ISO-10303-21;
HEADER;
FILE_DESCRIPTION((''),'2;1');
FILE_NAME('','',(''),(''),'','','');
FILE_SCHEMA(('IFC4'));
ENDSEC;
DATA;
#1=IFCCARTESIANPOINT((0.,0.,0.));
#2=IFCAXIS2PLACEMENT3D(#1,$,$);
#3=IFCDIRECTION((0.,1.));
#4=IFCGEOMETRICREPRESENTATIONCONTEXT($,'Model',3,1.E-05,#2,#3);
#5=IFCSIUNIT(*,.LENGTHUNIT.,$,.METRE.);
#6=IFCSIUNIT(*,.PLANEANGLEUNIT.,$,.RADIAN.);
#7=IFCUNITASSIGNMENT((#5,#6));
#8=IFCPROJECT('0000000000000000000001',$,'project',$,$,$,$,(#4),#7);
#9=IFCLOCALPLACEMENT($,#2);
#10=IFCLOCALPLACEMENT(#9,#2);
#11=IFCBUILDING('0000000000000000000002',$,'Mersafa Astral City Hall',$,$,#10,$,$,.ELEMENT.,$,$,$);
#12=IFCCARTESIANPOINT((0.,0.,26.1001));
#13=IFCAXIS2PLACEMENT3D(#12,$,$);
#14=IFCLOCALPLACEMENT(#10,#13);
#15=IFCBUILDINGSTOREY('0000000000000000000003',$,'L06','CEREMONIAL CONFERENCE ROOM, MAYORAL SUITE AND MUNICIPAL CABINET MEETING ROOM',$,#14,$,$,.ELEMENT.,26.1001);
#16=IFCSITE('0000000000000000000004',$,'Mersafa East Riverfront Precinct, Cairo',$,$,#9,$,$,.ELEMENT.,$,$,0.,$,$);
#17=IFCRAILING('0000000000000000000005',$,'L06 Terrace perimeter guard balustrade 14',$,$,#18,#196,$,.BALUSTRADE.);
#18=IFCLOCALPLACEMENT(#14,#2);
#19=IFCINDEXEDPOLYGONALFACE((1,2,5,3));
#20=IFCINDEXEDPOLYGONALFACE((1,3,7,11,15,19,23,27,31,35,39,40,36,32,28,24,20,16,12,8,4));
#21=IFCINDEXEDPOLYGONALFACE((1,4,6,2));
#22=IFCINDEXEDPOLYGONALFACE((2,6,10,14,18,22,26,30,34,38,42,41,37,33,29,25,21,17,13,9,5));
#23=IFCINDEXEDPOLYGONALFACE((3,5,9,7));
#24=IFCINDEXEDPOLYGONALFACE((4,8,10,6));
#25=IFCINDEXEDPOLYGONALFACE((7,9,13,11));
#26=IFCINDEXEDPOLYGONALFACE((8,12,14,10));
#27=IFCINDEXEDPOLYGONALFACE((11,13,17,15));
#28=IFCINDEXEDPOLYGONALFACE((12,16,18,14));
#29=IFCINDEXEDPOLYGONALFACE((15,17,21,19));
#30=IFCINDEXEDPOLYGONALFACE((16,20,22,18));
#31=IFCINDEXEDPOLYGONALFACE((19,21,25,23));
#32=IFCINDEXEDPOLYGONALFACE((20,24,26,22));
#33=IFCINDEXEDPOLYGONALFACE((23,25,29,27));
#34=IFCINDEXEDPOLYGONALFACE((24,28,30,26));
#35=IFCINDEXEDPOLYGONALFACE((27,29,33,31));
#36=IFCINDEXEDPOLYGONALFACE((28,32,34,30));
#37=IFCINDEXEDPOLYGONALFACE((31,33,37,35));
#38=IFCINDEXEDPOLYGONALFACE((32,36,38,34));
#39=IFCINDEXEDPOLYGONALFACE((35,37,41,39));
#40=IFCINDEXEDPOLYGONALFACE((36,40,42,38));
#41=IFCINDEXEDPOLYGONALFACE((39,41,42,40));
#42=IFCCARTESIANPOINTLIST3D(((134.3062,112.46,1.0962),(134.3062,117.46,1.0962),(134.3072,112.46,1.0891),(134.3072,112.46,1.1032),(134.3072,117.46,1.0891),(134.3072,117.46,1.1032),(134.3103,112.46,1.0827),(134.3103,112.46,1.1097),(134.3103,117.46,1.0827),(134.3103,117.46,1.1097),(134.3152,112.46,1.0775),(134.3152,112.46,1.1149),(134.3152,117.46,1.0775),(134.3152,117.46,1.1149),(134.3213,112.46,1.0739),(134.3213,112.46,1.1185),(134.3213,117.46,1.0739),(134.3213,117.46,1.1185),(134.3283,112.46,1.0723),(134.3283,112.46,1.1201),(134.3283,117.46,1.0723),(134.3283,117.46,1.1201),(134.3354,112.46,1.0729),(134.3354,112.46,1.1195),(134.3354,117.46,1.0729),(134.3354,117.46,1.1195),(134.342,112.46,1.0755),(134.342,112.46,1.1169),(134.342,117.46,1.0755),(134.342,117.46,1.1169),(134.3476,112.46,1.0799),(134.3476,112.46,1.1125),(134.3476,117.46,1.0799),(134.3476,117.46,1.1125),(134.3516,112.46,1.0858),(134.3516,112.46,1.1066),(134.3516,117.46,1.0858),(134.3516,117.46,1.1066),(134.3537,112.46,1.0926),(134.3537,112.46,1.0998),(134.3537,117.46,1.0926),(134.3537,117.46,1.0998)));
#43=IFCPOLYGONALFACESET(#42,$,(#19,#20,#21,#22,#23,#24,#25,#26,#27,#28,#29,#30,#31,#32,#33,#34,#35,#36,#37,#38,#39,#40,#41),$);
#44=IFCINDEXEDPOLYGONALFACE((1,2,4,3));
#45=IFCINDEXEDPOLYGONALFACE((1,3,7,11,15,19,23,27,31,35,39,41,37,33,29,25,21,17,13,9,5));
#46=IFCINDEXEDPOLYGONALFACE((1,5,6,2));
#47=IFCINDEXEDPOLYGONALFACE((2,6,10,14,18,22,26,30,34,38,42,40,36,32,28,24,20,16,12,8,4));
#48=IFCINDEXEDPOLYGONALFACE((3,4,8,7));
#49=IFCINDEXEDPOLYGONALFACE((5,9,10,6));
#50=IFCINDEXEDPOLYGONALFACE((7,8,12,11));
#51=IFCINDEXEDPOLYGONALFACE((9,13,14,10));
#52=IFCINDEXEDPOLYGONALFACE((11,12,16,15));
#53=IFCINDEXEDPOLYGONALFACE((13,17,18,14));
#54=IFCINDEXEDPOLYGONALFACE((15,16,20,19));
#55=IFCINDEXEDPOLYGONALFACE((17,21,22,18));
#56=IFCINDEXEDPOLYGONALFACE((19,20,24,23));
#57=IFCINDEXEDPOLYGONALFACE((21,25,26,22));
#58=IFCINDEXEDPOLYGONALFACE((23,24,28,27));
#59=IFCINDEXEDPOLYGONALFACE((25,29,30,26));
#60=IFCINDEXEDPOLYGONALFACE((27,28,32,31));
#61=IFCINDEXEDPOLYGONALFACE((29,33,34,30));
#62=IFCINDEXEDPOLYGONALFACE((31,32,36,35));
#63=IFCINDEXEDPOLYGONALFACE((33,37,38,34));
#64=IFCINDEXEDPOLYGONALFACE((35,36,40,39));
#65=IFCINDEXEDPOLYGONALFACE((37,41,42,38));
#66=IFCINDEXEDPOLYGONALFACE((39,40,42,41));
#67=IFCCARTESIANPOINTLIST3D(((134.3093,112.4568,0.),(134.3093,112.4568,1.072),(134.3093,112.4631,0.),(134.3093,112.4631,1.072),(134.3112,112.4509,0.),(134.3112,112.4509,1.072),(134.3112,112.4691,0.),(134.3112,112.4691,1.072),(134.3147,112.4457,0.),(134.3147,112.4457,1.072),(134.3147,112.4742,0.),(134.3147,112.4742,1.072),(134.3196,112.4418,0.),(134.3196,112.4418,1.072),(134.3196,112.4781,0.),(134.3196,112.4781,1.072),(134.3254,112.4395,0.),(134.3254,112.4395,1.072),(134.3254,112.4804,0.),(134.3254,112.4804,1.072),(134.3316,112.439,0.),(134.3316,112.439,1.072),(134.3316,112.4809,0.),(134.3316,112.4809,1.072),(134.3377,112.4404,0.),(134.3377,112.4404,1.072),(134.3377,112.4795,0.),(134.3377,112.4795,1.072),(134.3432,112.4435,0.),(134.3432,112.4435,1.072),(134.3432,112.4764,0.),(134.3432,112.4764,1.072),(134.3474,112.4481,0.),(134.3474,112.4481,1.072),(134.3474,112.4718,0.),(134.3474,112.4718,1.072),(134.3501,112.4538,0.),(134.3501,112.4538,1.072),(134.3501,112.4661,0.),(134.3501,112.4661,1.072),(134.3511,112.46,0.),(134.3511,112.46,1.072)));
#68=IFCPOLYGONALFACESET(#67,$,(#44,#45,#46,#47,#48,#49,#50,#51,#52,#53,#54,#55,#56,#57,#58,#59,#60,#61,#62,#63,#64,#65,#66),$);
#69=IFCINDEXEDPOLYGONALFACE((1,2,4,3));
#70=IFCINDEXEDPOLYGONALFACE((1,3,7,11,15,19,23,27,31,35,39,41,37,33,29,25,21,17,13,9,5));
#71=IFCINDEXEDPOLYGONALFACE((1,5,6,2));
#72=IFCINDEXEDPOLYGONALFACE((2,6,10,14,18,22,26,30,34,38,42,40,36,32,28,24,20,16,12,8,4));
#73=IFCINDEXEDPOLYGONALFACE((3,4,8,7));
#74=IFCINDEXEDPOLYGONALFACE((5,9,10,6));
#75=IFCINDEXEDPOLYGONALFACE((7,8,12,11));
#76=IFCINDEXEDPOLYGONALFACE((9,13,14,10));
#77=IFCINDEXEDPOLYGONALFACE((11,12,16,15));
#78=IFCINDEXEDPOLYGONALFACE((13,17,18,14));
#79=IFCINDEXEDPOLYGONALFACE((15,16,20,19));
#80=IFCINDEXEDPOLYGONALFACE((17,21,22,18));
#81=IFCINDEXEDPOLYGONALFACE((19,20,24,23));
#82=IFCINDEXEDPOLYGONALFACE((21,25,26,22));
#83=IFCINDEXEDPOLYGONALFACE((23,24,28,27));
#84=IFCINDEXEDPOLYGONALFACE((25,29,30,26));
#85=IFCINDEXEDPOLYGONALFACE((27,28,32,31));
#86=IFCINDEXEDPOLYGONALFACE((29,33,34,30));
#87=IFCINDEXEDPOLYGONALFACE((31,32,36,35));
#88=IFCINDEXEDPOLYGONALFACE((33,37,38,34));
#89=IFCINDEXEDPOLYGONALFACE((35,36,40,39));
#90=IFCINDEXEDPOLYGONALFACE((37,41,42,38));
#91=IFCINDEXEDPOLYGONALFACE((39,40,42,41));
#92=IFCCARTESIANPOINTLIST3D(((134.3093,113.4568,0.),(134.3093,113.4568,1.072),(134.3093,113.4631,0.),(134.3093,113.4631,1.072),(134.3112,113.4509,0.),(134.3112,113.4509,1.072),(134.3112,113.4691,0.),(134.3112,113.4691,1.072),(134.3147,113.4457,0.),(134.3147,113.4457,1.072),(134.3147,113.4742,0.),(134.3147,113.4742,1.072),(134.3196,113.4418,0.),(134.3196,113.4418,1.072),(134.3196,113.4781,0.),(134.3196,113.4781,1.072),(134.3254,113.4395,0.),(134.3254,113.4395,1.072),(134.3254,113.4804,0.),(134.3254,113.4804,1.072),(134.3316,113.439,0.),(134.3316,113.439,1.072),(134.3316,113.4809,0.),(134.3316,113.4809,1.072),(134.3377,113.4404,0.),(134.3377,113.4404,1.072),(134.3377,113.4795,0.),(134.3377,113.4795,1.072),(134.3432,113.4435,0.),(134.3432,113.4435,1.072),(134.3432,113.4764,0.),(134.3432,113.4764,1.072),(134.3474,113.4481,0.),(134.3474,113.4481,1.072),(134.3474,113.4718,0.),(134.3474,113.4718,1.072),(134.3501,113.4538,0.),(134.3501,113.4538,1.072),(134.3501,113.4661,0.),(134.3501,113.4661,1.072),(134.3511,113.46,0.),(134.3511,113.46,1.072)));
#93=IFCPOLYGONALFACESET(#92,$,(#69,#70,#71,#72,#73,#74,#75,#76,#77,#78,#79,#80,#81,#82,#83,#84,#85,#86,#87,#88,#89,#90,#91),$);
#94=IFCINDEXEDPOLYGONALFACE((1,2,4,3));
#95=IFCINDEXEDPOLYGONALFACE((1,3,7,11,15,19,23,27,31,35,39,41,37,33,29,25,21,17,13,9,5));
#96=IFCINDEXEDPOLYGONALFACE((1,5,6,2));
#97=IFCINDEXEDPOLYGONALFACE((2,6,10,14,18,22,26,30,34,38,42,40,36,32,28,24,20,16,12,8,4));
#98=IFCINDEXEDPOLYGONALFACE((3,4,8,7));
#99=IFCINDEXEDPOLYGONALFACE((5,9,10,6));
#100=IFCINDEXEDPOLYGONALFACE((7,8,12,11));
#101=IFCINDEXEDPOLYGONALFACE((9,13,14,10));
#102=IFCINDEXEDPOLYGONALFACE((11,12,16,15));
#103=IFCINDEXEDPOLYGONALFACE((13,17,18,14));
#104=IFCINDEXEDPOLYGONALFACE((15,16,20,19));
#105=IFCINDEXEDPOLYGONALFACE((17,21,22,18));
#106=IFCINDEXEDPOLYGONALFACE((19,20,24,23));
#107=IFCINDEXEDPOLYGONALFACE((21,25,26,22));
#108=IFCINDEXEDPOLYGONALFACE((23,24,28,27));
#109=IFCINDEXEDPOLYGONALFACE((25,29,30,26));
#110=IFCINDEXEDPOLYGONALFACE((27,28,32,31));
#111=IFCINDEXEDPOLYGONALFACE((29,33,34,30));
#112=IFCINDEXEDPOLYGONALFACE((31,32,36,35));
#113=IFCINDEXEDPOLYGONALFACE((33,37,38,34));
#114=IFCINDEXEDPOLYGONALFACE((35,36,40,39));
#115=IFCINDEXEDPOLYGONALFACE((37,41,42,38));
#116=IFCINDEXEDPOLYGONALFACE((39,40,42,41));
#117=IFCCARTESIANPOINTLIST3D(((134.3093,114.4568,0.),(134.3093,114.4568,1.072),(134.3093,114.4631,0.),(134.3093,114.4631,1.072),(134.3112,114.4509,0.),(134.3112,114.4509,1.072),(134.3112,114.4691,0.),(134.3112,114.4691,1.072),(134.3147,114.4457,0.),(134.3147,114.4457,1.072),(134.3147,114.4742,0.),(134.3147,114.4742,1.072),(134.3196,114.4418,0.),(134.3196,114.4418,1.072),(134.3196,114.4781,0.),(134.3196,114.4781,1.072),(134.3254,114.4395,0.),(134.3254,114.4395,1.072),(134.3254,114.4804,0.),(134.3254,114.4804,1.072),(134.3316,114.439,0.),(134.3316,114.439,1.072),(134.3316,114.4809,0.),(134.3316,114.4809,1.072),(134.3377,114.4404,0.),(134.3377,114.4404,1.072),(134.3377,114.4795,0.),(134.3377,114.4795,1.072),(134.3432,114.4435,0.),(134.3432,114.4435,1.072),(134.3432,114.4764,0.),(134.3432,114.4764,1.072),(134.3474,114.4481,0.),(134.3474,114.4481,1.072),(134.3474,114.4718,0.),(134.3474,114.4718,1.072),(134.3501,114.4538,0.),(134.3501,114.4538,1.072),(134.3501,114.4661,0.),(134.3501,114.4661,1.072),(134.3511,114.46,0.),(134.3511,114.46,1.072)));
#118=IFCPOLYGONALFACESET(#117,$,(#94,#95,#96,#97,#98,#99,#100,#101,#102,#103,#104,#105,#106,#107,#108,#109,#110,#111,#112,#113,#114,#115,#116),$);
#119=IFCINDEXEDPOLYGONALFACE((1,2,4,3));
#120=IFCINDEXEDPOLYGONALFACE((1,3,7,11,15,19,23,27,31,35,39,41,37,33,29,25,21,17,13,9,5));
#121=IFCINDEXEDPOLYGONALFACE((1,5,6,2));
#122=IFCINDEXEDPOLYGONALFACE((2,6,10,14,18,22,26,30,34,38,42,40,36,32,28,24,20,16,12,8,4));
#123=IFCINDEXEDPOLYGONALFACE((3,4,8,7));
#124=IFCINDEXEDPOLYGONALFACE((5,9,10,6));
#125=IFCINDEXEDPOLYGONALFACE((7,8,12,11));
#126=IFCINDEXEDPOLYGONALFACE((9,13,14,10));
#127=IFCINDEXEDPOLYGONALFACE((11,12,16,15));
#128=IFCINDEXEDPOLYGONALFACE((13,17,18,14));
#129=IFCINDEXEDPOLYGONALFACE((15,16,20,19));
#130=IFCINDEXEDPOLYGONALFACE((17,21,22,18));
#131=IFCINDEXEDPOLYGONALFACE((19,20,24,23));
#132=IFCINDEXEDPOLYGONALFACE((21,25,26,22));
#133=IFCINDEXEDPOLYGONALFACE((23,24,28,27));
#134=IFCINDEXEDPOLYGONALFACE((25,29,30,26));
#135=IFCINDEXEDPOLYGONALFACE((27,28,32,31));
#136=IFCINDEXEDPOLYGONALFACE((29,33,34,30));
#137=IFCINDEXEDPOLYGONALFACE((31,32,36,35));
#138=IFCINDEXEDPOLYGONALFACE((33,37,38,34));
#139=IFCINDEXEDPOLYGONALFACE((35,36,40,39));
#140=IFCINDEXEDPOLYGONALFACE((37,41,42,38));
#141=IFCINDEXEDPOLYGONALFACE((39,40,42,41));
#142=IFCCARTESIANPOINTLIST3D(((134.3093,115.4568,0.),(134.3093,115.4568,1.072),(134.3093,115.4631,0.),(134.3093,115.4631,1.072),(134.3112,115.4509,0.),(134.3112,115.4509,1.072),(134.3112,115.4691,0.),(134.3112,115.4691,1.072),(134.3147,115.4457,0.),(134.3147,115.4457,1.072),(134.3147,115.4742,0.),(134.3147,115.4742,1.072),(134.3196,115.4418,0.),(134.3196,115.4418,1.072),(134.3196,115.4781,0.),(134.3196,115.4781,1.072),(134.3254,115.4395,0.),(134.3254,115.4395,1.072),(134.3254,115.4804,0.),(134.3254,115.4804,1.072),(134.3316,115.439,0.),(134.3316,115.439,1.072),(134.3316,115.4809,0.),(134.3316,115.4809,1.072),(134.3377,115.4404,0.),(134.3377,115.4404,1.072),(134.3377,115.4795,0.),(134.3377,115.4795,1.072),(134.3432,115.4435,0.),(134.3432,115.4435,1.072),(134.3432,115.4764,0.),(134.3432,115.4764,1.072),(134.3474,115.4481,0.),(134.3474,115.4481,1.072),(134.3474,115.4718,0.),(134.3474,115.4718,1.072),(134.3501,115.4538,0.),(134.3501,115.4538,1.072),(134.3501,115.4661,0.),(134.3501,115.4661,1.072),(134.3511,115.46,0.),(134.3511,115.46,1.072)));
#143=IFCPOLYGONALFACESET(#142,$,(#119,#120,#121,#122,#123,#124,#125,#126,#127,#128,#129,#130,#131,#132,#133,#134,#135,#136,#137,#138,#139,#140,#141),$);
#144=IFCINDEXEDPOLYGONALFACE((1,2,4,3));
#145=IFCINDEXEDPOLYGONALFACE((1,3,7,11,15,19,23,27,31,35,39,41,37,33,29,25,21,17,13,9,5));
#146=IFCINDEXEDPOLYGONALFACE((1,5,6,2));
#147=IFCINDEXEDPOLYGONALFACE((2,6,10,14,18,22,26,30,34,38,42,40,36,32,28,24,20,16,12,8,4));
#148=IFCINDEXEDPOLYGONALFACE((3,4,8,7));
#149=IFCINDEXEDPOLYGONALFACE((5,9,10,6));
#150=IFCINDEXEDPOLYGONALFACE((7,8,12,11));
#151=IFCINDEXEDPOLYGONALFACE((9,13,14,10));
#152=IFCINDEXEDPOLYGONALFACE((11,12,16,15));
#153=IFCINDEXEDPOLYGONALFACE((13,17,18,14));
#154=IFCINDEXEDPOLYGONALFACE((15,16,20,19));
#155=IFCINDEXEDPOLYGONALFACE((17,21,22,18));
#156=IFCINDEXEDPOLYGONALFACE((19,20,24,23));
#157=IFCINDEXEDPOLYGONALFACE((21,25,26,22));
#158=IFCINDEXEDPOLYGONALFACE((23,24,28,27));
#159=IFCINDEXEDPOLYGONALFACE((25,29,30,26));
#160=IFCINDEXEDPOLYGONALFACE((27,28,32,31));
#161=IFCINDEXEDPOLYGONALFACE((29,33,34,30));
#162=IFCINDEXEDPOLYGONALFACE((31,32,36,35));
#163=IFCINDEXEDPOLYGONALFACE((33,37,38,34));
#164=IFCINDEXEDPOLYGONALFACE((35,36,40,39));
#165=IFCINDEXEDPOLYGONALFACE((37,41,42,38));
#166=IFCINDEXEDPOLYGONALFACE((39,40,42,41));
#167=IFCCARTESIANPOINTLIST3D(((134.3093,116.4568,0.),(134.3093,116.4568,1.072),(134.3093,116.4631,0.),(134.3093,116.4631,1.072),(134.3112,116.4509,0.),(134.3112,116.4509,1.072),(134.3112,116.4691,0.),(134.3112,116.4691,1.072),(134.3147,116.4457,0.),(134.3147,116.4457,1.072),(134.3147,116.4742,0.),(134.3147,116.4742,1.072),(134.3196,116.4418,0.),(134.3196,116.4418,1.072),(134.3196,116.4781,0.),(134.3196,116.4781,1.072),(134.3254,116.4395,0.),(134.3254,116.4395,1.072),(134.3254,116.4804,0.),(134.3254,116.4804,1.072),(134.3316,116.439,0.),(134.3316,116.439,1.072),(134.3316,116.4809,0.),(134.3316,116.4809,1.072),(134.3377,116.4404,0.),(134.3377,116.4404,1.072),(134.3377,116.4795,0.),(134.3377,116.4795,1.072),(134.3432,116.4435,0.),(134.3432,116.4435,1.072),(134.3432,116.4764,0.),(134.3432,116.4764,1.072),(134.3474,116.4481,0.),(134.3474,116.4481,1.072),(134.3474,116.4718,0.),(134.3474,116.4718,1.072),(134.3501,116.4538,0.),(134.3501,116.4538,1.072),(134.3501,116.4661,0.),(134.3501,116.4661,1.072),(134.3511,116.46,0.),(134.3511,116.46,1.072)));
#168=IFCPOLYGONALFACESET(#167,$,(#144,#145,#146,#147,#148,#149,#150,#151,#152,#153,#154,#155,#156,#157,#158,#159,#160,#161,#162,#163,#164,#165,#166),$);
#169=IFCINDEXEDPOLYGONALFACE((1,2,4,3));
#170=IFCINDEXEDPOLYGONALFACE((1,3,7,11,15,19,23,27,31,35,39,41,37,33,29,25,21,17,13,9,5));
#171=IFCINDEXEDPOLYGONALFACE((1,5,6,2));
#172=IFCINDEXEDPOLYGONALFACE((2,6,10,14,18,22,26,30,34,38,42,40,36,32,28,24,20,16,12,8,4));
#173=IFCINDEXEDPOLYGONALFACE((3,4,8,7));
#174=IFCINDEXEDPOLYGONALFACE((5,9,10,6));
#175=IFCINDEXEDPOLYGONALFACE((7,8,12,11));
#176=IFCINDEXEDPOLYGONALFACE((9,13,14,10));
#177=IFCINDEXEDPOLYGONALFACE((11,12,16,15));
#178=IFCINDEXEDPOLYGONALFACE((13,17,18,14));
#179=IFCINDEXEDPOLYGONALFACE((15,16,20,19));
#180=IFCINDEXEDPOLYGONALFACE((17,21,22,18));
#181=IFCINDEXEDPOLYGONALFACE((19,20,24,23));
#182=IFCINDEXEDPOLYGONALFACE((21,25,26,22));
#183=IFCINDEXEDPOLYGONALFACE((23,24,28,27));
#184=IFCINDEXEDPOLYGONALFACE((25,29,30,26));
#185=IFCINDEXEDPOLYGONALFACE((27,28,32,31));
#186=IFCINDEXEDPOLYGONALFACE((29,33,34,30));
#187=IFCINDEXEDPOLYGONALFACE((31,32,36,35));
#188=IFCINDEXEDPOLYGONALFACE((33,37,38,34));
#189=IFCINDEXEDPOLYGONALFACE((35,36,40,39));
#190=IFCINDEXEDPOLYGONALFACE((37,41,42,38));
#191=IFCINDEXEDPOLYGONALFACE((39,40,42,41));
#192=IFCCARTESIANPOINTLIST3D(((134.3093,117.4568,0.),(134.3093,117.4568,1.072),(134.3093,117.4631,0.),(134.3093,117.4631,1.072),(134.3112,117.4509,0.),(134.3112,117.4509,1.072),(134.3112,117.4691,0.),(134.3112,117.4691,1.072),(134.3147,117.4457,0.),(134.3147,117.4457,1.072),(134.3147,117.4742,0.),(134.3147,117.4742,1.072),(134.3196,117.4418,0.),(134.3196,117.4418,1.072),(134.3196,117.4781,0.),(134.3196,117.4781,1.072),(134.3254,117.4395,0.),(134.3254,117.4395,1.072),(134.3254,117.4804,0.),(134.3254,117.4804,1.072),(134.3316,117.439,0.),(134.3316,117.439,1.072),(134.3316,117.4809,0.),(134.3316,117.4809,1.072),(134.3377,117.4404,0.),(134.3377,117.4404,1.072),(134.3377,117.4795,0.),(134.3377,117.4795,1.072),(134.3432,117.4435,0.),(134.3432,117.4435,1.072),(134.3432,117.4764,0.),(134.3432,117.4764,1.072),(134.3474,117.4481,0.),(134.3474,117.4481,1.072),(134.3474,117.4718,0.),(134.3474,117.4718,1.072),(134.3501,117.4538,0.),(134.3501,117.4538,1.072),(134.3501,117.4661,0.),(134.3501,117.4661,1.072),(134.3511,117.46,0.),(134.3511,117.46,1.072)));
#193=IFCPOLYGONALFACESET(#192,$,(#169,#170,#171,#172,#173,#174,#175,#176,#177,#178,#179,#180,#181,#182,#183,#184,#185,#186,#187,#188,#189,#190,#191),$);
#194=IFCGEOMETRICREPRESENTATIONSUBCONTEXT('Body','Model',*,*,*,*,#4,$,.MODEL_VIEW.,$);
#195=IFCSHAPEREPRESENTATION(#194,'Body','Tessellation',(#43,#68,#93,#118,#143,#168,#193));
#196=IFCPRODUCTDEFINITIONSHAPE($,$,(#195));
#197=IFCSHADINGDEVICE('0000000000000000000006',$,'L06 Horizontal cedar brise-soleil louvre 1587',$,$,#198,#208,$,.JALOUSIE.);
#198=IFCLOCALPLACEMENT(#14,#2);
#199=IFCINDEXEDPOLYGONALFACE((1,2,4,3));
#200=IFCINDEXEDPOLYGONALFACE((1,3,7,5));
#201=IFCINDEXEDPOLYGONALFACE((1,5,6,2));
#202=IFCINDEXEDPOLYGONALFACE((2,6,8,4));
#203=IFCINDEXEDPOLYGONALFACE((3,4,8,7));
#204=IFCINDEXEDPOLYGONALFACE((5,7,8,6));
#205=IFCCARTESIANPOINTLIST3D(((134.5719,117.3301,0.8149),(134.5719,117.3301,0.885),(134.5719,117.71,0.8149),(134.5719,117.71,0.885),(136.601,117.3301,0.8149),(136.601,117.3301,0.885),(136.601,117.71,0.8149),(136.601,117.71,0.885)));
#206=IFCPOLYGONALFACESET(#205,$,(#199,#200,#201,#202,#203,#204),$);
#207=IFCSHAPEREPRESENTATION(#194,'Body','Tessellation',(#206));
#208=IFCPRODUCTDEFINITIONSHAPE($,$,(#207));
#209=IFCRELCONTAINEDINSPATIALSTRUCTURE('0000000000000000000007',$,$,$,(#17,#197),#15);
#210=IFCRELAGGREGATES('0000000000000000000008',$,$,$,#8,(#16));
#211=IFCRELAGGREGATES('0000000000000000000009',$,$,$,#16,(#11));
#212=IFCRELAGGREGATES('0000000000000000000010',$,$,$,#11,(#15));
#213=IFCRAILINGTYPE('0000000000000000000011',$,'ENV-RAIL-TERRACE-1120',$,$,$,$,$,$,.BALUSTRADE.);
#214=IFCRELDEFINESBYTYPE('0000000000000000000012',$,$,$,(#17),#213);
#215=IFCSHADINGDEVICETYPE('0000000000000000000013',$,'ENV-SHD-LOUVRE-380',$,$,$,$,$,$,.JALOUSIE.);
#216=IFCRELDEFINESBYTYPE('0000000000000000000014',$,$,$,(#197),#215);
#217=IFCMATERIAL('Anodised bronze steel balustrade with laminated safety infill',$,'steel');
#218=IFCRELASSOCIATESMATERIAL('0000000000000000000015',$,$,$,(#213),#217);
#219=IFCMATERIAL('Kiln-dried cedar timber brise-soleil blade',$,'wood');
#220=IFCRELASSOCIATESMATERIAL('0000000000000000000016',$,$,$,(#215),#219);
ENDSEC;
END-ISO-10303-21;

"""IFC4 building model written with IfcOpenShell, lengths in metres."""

from ifc_helpers import new_model, si_unit, direction, frame, origin, origin_2d, place, context, subcontext, project, spatial, rectangle, circle, extrude, material, type_object, element, save


model = new_model("IFC4")

# Units and contexts
model_context = context("Model", 3, precision=1e-05, world=origin(), true_north=direction((0.0, 1.0)))
body_context = subcontext(model_context, "Body", "Model", "MODEL_VIEW")
ifc_project = project(units=[si_unit("LENGTHUNIT", "METRE"), si_unit("PLANEANGLEUNIT", "RADIAN")], contexts=[model_context])

# Site, building, storey
site_placement = place(None, origin())
site = spatial("IfcSite", under=ifc_project, at=site_placement, Name="Mersafa East Riverfront Precinct, Cairo", CompositionType="ELEMENT", RefElevation=0.0)
building_placement = place(site_placement, origin())
building = spatial("IfcBuilding", under=site, at=building_placement, Name="Mersafa Astral City Hall", CompositionType="ELEMENT")
storey_placement = place(building_placement, frame((0.0, 0.0, 26.1001)))
storey = spatial("IfcBuildingStorey", under=building, at=storey_placement, Name="L06", Description="CEREMONIAL CONFERENCE ROOM, MAYORAL SUITE AND MUNICIPAL CABINET MEETING ROOM", CompositionType="ELEMENT", Elevation=26.1001)

# Railing
ifc_material_1 = material(Name="Anodised bronze steel balustrade with laminated safety infill", Category="steel")
railing_type = type_object("IfcRailingType", Name="ENV-RAIL-TERRACE-1120", PredefinedType="BALUSTRADE", material=ifc_material_1)
railing_placement = place(storey_placement, frame((134.3301, 112.46, 0.0)))
element("IfcRailing", 1, at=railing_placement, inside=storey, type_object=railing_type, Name="L06 Terrace perimeter guard balustrade 14", PredefinedType="BALUSTRADE", context=body_context, shape_type="SweptSolid", body=[
    extrude(circle(Radius=0.0239, at=origin_2d()), frame((0.0, 0.0, 1.0962), z_axis=(0.0, 1.0, 0.0), x_axis=(-1.0, 0.0, 0.0)), (0.0, 0.0, 1.0), 5.0),
    extrude(circle(Radius=0.021, at=origin_2d()), origin(), (0.0, 0.0, 1.0), 1.072),
    extrude(circle(Radius=0.021, at=origin_2d()), frame((0.0, 1.0, 0.0)), (0.0, 0.0, 1.0), 1.072),
    extrude(circle(Radius=0.021, at=origin_2d()), frame((0.0, 2.0, 0.0)), (0.0, 0.0, 1.0), 1.072),
    extrude(circle(Radius=0.021, at=origin_2d()), frame((0.0, 3.0, 0.0)), (0.0, 0.0, 1.0), 1.072),
    extrude(circle(Radius=0.021, at=origin_2d()), frame((0.0, 4.0, 0.0)), (0.0, 0.0, 1.0), 1.072),
    extrude(circle(Radius=0.021, at=origin_2d()), frame((0.0, 5.0, 0.0)), (0.0, 0.0, 1.0), 1.072),
])

# Shading device
ifc_material_2 = material(Name="Kiln-dried cedar timber brise-soleil blade", Category="wood")
shading_device_type = type_object("IfcShadingDeviceType", Name="ENV-SHD-LOUVRE-380", PredefinedType="JALOUSIE", material=ifc_material_2)
shading_device_placement = place(storey_placement, frame((135.5864, 117.52, 0.8149), z_axis=(0.0, 0.0, 1.0), x_axis=(1.0, 0.0, 0.0)))
element("IfcShadingDevice", 2, at=shading_device_placement, inside=storey, type_object=shading_device_type, Name="L06 Horizontal cedar brise-soleil louvre 1587", PredefinedType="JALOUSIE", context=body_context, shape_type="SweptSolid", body=[
    extrude(rectangle(XDim=2.0291, YDim=0.3799, at=origin_2d()), origin(), (0.0, 0.0, 1.0), 0.0701),
])

save(model, "model.ifc")
